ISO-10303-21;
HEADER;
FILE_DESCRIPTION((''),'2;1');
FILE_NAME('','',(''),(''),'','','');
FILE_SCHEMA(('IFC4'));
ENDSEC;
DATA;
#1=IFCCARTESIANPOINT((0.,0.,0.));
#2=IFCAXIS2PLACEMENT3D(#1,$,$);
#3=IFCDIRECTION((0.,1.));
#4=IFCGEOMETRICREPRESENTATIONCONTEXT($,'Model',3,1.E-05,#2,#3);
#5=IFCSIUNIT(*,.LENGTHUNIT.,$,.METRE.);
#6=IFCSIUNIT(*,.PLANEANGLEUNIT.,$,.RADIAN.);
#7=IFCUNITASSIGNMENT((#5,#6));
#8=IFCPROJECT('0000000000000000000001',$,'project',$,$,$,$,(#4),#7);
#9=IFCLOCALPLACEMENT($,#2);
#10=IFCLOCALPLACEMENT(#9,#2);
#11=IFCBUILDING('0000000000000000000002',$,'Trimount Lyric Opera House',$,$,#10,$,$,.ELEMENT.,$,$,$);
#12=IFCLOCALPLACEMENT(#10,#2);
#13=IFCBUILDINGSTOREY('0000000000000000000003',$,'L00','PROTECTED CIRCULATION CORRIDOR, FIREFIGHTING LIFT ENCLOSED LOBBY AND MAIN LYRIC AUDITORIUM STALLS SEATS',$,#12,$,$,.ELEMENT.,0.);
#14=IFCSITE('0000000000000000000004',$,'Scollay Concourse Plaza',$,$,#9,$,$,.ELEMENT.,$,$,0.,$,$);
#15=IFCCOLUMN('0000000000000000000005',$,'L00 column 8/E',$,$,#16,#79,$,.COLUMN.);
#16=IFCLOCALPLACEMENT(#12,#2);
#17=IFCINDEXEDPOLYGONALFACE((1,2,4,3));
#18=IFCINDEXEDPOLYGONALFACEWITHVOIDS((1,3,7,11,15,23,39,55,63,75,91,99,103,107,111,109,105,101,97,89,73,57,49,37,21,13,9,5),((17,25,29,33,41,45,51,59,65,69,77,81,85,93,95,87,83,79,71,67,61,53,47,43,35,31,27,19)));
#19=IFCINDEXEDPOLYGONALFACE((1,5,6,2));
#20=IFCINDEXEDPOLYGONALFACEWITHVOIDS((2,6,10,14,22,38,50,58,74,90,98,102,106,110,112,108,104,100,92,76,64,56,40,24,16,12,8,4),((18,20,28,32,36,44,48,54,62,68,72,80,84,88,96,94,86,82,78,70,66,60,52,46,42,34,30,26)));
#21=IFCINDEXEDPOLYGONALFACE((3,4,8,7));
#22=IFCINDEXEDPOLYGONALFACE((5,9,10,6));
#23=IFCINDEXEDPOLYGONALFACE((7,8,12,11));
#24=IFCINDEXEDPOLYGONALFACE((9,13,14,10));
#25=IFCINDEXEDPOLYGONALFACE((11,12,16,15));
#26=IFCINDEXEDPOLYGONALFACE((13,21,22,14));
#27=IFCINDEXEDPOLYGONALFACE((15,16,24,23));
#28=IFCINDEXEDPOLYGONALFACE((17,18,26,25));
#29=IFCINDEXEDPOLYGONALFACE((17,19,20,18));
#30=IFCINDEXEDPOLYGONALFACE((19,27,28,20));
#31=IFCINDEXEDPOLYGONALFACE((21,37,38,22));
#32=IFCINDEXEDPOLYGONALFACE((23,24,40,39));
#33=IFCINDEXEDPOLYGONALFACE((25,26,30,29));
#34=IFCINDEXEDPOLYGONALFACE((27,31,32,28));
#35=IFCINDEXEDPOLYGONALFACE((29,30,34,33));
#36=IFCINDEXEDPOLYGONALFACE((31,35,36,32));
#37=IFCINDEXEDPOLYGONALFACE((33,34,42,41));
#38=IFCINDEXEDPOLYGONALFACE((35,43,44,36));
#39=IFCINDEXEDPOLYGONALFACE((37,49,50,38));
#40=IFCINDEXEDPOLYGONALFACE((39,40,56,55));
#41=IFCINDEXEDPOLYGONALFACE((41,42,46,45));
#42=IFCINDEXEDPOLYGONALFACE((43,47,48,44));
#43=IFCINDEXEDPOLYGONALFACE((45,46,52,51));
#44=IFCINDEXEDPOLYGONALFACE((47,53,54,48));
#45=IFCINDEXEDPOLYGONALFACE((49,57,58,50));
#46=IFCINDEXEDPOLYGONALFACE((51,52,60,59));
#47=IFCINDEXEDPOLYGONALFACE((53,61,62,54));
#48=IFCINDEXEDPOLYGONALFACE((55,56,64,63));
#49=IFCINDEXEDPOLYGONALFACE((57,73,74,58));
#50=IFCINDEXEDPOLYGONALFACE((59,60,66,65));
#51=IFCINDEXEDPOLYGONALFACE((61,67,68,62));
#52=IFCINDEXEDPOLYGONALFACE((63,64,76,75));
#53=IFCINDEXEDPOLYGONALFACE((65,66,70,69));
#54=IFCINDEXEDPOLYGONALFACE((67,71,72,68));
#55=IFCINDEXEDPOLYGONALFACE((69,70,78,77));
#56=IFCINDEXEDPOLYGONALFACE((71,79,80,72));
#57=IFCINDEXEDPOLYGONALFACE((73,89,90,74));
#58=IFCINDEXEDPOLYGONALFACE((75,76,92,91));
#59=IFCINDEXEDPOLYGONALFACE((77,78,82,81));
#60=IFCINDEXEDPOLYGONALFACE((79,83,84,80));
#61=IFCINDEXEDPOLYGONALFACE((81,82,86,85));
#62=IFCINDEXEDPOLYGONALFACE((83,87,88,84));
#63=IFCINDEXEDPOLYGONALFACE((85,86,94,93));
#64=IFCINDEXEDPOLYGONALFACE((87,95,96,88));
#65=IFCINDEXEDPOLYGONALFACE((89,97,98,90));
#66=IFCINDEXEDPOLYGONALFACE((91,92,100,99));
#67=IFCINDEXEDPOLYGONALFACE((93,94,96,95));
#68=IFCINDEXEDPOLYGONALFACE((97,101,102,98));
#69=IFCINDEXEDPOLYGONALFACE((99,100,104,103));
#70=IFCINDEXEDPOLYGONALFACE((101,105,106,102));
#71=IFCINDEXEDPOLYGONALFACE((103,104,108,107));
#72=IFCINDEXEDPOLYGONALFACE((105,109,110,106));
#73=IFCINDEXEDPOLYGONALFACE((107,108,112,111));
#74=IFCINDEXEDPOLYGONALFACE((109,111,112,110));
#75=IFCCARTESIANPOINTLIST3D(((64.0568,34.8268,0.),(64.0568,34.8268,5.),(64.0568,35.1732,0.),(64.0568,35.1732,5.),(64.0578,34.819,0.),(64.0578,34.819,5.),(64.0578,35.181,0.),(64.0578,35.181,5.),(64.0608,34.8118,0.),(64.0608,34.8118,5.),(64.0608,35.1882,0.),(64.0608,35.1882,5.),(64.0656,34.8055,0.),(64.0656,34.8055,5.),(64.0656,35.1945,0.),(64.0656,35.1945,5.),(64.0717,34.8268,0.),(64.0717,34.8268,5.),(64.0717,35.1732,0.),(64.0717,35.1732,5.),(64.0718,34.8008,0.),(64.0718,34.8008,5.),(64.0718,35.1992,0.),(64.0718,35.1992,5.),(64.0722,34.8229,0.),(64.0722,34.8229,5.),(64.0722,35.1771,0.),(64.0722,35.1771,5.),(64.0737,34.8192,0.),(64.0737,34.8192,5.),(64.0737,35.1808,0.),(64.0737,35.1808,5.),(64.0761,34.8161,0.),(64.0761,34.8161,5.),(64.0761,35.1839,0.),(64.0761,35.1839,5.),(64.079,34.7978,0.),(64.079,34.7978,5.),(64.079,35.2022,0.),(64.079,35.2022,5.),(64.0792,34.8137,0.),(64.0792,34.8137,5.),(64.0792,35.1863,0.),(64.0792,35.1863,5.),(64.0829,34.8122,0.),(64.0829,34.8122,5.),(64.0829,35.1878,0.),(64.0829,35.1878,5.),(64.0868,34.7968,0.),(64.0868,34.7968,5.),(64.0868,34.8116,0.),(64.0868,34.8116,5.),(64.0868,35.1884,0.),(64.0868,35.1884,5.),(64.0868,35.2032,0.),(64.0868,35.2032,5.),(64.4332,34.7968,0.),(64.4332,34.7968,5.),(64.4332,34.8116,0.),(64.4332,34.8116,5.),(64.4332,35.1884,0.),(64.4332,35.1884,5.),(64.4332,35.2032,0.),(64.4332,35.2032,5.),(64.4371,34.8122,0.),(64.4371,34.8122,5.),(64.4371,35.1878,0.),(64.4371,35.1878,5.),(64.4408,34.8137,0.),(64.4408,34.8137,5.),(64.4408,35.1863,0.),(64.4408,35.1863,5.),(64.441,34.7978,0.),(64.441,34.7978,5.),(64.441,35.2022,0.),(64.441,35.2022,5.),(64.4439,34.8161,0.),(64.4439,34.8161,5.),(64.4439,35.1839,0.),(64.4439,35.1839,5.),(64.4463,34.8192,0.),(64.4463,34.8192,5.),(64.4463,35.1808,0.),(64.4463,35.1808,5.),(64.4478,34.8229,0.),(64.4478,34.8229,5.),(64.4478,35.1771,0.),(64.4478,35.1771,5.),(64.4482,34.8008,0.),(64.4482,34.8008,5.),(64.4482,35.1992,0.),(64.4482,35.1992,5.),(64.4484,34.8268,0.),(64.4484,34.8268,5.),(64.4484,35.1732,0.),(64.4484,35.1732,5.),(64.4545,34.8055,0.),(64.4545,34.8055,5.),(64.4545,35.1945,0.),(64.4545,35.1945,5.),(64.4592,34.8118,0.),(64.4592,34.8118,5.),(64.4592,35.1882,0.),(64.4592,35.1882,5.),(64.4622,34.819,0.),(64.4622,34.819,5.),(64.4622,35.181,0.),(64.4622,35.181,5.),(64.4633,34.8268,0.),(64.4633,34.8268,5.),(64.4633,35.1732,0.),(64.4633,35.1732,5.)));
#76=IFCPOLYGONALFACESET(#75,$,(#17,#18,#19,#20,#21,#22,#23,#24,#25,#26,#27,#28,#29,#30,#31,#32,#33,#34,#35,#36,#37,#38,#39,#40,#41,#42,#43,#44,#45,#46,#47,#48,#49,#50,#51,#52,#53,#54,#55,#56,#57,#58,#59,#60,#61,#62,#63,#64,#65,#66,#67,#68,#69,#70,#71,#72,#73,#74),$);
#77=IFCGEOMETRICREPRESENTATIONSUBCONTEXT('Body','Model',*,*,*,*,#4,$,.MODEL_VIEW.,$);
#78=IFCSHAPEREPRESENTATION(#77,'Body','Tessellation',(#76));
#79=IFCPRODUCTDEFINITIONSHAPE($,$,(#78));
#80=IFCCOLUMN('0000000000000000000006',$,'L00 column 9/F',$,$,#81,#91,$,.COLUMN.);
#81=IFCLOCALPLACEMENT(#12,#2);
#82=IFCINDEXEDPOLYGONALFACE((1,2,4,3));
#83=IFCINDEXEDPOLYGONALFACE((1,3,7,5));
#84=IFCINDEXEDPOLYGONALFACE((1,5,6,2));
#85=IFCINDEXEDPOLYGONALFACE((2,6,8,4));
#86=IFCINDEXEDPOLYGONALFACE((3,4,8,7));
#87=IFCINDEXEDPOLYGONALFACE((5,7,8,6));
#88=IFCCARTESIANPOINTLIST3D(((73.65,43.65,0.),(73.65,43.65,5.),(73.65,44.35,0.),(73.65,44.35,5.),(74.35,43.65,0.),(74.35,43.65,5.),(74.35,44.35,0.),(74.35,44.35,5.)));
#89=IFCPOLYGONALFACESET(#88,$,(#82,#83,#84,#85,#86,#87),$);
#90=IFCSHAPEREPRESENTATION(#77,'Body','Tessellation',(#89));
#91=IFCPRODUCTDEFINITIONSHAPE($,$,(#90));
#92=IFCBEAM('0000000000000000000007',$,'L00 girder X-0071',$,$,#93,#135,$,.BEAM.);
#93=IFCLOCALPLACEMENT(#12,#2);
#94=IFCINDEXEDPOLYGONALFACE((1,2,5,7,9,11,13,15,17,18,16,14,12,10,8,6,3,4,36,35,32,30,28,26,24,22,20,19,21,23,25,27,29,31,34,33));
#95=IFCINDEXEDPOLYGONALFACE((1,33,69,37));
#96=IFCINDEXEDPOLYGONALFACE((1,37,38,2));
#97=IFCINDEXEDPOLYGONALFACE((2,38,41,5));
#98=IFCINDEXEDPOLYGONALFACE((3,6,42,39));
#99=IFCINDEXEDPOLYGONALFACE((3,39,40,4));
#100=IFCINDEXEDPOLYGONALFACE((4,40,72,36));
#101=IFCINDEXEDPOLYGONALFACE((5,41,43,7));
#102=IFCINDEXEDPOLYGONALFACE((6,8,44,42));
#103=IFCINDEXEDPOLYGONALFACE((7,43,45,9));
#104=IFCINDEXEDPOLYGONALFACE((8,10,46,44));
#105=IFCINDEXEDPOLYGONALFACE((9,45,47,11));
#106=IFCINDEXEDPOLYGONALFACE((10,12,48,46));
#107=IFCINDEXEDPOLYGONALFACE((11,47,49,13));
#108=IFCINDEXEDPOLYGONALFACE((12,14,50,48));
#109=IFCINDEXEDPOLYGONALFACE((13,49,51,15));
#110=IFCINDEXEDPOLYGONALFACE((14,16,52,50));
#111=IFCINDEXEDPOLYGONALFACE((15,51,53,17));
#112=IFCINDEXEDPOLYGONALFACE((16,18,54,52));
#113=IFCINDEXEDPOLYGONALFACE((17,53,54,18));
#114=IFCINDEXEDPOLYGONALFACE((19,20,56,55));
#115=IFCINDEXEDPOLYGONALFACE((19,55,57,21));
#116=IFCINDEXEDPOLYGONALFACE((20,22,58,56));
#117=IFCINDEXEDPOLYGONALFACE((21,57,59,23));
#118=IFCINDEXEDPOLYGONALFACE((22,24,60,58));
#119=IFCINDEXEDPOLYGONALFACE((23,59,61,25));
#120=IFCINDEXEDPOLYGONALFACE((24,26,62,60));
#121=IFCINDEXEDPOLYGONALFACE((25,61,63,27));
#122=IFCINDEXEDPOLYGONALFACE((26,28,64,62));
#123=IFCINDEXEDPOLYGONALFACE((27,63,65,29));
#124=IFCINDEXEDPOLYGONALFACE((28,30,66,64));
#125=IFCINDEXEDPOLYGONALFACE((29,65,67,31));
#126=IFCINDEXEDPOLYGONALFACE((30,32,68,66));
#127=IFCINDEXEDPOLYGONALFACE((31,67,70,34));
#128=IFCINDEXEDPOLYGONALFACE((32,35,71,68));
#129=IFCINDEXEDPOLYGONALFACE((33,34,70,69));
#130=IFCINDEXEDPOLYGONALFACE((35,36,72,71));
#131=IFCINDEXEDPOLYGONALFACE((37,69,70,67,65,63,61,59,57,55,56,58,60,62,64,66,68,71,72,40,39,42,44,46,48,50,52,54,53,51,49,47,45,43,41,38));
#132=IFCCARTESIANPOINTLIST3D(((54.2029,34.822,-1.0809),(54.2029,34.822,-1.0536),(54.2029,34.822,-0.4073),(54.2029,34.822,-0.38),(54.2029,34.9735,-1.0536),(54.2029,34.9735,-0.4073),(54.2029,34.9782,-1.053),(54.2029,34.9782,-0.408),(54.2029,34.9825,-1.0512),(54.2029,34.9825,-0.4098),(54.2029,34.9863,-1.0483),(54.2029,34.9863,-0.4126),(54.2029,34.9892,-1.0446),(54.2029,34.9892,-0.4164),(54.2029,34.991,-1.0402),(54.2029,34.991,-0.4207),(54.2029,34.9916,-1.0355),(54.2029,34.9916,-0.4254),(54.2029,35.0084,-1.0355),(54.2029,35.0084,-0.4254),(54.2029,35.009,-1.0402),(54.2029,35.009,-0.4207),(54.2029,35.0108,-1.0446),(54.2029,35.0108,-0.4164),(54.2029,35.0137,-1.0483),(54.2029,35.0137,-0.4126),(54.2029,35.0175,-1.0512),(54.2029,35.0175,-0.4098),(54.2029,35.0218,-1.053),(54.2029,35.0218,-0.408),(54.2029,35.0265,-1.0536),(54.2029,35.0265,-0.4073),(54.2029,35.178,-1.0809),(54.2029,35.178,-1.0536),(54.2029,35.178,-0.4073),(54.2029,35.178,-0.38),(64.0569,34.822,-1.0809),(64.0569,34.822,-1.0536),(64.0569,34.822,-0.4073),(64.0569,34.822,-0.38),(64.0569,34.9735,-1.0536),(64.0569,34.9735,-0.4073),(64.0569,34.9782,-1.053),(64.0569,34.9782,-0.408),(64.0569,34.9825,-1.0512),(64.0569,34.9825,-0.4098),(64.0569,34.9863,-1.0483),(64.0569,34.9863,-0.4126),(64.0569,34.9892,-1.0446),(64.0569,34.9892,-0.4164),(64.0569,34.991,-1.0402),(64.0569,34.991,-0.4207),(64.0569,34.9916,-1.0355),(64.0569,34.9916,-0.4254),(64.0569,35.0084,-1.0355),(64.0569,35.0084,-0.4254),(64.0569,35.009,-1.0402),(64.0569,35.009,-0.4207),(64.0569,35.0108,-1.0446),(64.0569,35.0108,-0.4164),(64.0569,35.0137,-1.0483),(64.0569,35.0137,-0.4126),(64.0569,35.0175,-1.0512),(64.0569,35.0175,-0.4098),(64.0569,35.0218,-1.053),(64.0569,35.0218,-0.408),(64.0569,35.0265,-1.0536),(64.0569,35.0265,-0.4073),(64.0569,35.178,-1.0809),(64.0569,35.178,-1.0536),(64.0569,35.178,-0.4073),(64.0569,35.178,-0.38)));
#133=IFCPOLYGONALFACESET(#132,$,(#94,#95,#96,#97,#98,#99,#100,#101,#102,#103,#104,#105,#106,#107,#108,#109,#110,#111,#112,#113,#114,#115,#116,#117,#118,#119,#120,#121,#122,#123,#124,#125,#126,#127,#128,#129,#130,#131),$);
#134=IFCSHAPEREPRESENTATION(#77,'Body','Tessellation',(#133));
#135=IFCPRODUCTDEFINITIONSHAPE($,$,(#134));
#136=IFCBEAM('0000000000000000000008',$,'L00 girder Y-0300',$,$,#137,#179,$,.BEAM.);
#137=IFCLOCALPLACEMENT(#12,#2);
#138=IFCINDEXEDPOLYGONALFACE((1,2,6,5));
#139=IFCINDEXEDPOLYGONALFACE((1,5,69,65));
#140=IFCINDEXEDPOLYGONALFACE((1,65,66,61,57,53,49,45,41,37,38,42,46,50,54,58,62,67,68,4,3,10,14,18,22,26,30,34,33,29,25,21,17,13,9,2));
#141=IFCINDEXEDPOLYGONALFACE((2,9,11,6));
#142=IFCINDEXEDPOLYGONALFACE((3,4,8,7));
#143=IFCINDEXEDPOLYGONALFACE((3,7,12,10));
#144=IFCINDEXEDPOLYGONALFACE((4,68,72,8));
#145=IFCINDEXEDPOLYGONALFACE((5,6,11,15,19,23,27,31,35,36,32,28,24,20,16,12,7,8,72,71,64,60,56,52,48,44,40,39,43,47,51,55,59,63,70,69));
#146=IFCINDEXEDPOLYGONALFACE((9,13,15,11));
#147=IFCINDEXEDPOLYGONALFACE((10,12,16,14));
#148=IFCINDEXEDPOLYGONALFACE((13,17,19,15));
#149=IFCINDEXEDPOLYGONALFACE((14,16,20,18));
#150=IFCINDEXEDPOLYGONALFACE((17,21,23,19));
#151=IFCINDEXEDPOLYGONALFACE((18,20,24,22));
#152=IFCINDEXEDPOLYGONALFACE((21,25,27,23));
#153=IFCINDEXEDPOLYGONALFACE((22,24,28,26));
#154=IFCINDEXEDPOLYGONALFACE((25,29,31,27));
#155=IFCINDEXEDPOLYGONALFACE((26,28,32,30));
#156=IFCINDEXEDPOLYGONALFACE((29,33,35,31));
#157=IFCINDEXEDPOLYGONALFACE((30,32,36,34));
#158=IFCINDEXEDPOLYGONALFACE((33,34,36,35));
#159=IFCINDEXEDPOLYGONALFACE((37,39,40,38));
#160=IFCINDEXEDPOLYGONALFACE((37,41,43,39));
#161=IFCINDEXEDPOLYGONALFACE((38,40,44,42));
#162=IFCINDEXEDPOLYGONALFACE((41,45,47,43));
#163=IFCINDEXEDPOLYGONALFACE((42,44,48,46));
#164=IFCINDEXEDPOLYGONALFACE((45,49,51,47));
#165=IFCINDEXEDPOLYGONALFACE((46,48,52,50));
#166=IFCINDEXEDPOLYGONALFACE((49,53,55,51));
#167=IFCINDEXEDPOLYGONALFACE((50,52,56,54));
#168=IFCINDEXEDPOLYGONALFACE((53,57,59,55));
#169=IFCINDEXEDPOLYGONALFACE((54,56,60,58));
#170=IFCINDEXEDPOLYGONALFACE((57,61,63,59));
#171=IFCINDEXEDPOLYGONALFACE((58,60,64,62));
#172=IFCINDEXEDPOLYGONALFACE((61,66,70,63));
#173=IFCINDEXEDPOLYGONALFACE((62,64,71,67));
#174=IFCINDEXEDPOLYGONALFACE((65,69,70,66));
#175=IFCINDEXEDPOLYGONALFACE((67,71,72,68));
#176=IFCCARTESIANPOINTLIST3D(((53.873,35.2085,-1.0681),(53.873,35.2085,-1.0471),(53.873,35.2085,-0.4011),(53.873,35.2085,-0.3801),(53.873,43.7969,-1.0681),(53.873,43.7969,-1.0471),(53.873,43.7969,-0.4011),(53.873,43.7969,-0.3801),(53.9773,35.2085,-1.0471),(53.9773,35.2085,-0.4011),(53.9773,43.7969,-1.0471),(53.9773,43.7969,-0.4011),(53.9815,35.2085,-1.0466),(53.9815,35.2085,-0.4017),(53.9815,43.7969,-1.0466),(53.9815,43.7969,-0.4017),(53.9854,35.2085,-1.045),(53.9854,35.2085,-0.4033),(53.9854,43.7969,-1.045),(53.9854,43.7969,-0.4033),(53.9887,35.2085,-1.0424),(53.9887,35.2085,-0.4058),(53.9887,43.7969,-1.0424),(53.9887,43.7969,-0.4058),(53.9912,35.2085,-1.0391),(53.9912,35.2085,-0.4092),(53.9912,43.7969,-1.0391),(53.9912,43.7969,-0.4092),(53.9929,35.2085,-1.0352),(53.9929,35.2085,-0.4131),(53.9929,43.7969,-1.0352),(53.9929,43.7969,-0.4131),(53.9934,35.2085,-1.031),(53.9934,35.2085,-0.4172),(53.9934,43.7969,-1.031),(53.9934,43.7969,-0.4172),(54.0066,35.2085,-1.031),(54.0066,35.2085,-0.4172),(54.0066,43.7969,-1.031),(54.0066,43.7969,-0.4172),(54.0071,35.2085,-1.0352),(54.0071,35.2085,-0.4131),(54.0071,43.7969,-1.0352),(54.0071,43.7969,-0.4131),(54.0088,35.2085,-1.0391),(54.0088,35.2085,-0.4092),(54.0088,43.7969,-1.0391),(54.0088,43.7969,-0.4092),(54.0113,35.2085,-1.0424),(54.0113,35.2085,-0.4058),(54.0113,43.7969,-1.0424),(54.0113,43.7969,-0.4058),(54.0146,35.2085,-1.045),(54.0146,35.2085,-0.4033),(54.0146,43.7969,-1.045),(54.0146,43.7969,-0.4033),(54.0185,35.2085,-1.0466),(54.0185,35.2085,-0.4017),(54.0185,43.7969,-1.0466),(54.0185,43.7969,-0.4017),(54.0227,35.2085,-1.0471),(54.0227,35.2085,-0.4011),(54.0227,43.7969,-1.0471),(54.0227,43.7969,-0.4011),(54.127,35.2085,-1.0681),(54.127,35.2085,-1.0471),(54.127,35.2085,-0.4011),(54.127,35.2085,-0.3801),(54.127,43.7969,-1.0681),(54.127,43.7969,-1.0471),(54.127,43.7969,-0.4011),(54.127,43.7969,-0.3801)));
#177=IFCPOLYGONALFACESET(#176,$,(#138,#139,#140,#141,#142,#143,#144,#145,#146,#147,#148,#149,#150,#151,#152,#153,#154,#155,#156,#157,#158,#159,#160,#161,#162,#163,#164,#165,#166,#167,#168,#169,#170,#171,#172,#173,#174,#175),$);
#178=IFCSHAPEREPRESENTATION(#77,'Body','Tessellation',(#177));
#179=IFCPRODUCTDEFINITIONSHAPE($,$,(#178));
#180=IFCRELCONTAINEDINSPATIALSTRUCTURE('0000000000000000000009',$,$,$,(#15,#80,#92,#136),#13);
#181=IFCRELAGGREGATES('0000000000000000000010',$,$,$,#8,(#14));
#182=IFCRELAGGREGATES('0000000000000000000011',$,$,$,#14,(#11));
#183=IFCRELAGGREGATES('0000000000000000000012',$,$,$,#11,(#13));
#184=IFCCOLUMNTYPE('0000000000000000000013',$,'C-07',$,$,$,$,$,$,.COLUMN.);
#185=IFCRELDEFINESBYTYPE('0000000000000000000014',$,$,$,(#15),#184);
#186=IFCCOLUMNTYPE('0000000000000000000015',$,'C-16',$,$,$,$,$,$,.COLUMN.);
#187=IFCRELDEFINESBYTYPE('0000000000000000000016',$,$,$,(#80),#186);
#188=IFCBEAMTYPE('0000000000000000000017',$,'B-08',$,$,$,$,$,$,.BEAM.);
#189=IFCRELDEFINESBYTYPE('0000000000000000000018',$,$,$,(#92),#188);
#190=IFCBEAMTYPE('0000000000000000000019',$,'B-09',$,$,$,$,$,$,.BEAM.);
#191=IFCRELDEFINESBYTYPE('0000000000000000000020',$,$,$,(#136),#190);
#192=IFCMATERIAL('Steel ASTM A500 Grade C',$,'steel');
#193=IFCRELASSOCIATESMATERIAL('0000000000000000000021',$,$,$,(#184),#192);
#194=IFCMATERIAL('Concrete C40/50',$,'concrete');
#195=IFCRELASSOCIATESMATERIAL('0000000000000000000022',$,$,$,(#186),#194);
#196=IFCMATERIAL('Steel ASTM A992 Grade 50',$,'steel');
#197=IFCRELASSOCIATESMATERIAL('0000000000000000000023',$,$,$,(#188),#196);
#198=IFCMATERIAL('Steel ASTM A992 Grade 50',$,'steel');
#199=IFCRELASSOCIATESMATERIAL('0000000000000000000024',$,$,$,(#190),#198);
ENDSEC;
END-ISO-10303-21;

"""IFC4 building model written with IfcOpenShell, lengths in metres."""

from ifc_helpers import new_model, si_unit, direction, frame, origin, origin_2d, place, context, subcontext, project, spatial, rectangle, hollow_rectangle, i_section, extrude, material, material_profile, profile_set, type_object, element, save


model = new_model("IFC4")

# Units and contexts
model_context = context("Model", 3, precision=1e-05, world=origin(), true_north=direction((0.0, 1.0)))
body_context = subcontext(model_context, "Body", "Model", "MODEL_VIEW")
ifc_project = project(units=[si_unit("LENGTHUNIT", "METRE"), si_unit("PLANEANGLEUNIT", "RADIAN")], contexts=[model_context])

# Site, building, storey
site_placement = place(None, origin())
site = spatial("IfcSite", under=ifc_project, at=site_placement, Name="Scollay Concourse Plaza", CompositionType="ELEMENT", RefElevation=0.0)
building_placement = place(site_placement, origin())
building = spatial("IfcBuilding", under=site, at=building_placement, Name="Trimount Lyric Opera House", CompositionType="ELEMENT")
storey_placement = place(building_placement, origin())
storey = spatial("IfcBuildingStorey", under=building, at=storey_placement, Name="L00", Description="PROTECTED CIRCULATION CORRIDOR, FIREFIGHTING LIFT ENCLOSED LOBBY AND MAIN LYRIC AUDITORIUM STALLS SEATS", CompositionType="ELEMENT", Elevation=0.0)

# Columns
ifc_material_1 = material(Name="Steel ASTM A500 Grade C", Category="steel")
ifc_material_profile_1 = material_profile(ifc_material_1, hollow_rectangle(XDim=0.4065, YDim=0.4065, WallThickness=0.0149, InnerFilletRadius=0.0151, OuterFilletRadius=0.03, at=origin_2d()), Name="HSS406.4X406.4X15.9")
ifc_profile_set_1 = profile_set([ifc_material_profile_1], Name="Steel ASTM A500 Grade C")
column_type_1 = type_object("IfcColumnType", Name="C-07", PredefinedType="COLUMN", material=ifc_profile_set_1)
for number, where, z_axis, x_axis, name in (
    (1, (64.26, 35.0, 0.0), (0.0, 0.0, 1.0), (1.0, 0.0, 0.0), "L00 column 8/E"),
):
    element("IfcColumn", number, at=place(storey_placement, frame(where, z_axis=z_axis, x_axis=x_axis)), inside=storey, type_object=column_type_1, Name=name, PredefinedType="COLUMN", context=body_context, shape_type="SweptSolid", body=[
        extrude(hollow_rectangle(XDim=0.4065, YDim=0.4065, WallThickness=0.0149, InnerFilletRadius=0.0151, OuterFilletRadius=0.03, at=origin_2d()), origin(), (0.0, 0.0, 1.0), 5.0),
    ])
ifc_material_2 = material(Name="Concrete C40/50", Category="concrete")
ifc_material_profile_2 = material_profile(ifc_material_2, rectangle(XDim=0.7, YDim=0.7, at=origin_2d()), Name="RC700X700")
ifc_profile_set_2 = profile_set([ifc_material_profile_2], Name="Concrete C40/50")
column_type_2 = type_object("IfcColumnType", Name="C-16", PredefinedType="COLUMN", material=ifc_profile_set_2)
column_placement = place(storey_placement, frame((74.0, 44.0, 0.0), z_axis=(0.0, 0.0, 1.0), x_axis=(1.0, 0.0, 0.0)))
element("IfcColumn", 2, at=column_placement, inside=storey, type_object=column_type_2, Name="L00 column 9/F", PredefinedType="COLUMN", context=body_context, shape_type="SweptSolid", body=[
    extrude(rectangle(XDim=0.7, YDim=0.7, at=origin_2d()), origin(), (0.0, 0.0, 1.0), 5.0),
])

# Beams
ifc_material_3 = material(Name="Steel ASTM A992 Grade 50", Category="steel")
ifc_material_profile_3 = material_profile(ifc_material_3, i_section(OverallWidth=0.356, OverallDepth=0.7009, WebThickness=0.0168, FlangeThickness=0.0273, FilletRadius=0.0181, at=origin_2d()), Name="W27X161")
ifc_profile_set_3 = profile_set([ifc_material_profile_3], Name="Steel ASTM A992 Grade 50")
beam_type_1 = type_object("IfcBeamType", Name="B-08", PredefinedType="BEAM", material=ifc_profile_set_3)
beam_1_placement = place(storey_placement, frame((54.2029, 35.0, -0.7305), z_axis=(1.0, 0.0, 0.0), x_axis=(0.0, 1.0, 0.0)))
element("IfcBeam", 3, at=beam_1_placement, inside=storey, type_object=beam_type_1, Name="L00 girder X-0071", PredefinedType="BEAM", context=body_context, shape_type="SweptSolid", body=[
    extrude(i_section(OverallWidth=0.356, OverallDepth=0.7009, WebThickness=0.0168, FlangeThickness=0.0273, FilletRadius=0.0181, at=origin_2d()), origin(), (0.0, 0.0, 1.0), 9.854),
])
ifc_material_4 = material(Name="Steel ASTM A992 Grade 50", Category="steel")
ifc_material_profile_4 = material_profile(ifc_material_4, i_section(OverallWidth=0.2539, OverallDepth=0.688, WebThickness=0.0132, FlangeThickness=0.021, FilletRadius=0.0161, at=origin_2d()), Name="W27X102")
ifc_profile_set_4 = profile_set([ifc_material_profile_4], Name="Steel ASTM A992 Grade 50")
beam_type_2 = type_object("IfcBeamType", Name="B-09", PredefinedType="BEAM", material=ifc_profile_set_4)
beam_2_placement = place(storey_placement, frame((54.0, 35.2085, -0.7241), z_axis=(0.0, 1.0, 0.0), x_axis=(-1.0, 0.0, 0.0)))
element("IfcBeam", 4, at=beam_2_placement, inside=storey, type_object=beam_type_2, Name="L00 girder Y-0300", PredefinedType="BEAM", context=body_context, shape_type="SweptSolid", body=[
    extrude(i_section(OverallWidth=0.2539, OverallDepth=0.688, WebThickness=0.0132, FlangeThickness=0.021, FilletRadius=0.0161, at=origin_2d()), origin(), (0.0, 0.0, 1.0), 8.5884),
])

save(model, "model.ifc")
